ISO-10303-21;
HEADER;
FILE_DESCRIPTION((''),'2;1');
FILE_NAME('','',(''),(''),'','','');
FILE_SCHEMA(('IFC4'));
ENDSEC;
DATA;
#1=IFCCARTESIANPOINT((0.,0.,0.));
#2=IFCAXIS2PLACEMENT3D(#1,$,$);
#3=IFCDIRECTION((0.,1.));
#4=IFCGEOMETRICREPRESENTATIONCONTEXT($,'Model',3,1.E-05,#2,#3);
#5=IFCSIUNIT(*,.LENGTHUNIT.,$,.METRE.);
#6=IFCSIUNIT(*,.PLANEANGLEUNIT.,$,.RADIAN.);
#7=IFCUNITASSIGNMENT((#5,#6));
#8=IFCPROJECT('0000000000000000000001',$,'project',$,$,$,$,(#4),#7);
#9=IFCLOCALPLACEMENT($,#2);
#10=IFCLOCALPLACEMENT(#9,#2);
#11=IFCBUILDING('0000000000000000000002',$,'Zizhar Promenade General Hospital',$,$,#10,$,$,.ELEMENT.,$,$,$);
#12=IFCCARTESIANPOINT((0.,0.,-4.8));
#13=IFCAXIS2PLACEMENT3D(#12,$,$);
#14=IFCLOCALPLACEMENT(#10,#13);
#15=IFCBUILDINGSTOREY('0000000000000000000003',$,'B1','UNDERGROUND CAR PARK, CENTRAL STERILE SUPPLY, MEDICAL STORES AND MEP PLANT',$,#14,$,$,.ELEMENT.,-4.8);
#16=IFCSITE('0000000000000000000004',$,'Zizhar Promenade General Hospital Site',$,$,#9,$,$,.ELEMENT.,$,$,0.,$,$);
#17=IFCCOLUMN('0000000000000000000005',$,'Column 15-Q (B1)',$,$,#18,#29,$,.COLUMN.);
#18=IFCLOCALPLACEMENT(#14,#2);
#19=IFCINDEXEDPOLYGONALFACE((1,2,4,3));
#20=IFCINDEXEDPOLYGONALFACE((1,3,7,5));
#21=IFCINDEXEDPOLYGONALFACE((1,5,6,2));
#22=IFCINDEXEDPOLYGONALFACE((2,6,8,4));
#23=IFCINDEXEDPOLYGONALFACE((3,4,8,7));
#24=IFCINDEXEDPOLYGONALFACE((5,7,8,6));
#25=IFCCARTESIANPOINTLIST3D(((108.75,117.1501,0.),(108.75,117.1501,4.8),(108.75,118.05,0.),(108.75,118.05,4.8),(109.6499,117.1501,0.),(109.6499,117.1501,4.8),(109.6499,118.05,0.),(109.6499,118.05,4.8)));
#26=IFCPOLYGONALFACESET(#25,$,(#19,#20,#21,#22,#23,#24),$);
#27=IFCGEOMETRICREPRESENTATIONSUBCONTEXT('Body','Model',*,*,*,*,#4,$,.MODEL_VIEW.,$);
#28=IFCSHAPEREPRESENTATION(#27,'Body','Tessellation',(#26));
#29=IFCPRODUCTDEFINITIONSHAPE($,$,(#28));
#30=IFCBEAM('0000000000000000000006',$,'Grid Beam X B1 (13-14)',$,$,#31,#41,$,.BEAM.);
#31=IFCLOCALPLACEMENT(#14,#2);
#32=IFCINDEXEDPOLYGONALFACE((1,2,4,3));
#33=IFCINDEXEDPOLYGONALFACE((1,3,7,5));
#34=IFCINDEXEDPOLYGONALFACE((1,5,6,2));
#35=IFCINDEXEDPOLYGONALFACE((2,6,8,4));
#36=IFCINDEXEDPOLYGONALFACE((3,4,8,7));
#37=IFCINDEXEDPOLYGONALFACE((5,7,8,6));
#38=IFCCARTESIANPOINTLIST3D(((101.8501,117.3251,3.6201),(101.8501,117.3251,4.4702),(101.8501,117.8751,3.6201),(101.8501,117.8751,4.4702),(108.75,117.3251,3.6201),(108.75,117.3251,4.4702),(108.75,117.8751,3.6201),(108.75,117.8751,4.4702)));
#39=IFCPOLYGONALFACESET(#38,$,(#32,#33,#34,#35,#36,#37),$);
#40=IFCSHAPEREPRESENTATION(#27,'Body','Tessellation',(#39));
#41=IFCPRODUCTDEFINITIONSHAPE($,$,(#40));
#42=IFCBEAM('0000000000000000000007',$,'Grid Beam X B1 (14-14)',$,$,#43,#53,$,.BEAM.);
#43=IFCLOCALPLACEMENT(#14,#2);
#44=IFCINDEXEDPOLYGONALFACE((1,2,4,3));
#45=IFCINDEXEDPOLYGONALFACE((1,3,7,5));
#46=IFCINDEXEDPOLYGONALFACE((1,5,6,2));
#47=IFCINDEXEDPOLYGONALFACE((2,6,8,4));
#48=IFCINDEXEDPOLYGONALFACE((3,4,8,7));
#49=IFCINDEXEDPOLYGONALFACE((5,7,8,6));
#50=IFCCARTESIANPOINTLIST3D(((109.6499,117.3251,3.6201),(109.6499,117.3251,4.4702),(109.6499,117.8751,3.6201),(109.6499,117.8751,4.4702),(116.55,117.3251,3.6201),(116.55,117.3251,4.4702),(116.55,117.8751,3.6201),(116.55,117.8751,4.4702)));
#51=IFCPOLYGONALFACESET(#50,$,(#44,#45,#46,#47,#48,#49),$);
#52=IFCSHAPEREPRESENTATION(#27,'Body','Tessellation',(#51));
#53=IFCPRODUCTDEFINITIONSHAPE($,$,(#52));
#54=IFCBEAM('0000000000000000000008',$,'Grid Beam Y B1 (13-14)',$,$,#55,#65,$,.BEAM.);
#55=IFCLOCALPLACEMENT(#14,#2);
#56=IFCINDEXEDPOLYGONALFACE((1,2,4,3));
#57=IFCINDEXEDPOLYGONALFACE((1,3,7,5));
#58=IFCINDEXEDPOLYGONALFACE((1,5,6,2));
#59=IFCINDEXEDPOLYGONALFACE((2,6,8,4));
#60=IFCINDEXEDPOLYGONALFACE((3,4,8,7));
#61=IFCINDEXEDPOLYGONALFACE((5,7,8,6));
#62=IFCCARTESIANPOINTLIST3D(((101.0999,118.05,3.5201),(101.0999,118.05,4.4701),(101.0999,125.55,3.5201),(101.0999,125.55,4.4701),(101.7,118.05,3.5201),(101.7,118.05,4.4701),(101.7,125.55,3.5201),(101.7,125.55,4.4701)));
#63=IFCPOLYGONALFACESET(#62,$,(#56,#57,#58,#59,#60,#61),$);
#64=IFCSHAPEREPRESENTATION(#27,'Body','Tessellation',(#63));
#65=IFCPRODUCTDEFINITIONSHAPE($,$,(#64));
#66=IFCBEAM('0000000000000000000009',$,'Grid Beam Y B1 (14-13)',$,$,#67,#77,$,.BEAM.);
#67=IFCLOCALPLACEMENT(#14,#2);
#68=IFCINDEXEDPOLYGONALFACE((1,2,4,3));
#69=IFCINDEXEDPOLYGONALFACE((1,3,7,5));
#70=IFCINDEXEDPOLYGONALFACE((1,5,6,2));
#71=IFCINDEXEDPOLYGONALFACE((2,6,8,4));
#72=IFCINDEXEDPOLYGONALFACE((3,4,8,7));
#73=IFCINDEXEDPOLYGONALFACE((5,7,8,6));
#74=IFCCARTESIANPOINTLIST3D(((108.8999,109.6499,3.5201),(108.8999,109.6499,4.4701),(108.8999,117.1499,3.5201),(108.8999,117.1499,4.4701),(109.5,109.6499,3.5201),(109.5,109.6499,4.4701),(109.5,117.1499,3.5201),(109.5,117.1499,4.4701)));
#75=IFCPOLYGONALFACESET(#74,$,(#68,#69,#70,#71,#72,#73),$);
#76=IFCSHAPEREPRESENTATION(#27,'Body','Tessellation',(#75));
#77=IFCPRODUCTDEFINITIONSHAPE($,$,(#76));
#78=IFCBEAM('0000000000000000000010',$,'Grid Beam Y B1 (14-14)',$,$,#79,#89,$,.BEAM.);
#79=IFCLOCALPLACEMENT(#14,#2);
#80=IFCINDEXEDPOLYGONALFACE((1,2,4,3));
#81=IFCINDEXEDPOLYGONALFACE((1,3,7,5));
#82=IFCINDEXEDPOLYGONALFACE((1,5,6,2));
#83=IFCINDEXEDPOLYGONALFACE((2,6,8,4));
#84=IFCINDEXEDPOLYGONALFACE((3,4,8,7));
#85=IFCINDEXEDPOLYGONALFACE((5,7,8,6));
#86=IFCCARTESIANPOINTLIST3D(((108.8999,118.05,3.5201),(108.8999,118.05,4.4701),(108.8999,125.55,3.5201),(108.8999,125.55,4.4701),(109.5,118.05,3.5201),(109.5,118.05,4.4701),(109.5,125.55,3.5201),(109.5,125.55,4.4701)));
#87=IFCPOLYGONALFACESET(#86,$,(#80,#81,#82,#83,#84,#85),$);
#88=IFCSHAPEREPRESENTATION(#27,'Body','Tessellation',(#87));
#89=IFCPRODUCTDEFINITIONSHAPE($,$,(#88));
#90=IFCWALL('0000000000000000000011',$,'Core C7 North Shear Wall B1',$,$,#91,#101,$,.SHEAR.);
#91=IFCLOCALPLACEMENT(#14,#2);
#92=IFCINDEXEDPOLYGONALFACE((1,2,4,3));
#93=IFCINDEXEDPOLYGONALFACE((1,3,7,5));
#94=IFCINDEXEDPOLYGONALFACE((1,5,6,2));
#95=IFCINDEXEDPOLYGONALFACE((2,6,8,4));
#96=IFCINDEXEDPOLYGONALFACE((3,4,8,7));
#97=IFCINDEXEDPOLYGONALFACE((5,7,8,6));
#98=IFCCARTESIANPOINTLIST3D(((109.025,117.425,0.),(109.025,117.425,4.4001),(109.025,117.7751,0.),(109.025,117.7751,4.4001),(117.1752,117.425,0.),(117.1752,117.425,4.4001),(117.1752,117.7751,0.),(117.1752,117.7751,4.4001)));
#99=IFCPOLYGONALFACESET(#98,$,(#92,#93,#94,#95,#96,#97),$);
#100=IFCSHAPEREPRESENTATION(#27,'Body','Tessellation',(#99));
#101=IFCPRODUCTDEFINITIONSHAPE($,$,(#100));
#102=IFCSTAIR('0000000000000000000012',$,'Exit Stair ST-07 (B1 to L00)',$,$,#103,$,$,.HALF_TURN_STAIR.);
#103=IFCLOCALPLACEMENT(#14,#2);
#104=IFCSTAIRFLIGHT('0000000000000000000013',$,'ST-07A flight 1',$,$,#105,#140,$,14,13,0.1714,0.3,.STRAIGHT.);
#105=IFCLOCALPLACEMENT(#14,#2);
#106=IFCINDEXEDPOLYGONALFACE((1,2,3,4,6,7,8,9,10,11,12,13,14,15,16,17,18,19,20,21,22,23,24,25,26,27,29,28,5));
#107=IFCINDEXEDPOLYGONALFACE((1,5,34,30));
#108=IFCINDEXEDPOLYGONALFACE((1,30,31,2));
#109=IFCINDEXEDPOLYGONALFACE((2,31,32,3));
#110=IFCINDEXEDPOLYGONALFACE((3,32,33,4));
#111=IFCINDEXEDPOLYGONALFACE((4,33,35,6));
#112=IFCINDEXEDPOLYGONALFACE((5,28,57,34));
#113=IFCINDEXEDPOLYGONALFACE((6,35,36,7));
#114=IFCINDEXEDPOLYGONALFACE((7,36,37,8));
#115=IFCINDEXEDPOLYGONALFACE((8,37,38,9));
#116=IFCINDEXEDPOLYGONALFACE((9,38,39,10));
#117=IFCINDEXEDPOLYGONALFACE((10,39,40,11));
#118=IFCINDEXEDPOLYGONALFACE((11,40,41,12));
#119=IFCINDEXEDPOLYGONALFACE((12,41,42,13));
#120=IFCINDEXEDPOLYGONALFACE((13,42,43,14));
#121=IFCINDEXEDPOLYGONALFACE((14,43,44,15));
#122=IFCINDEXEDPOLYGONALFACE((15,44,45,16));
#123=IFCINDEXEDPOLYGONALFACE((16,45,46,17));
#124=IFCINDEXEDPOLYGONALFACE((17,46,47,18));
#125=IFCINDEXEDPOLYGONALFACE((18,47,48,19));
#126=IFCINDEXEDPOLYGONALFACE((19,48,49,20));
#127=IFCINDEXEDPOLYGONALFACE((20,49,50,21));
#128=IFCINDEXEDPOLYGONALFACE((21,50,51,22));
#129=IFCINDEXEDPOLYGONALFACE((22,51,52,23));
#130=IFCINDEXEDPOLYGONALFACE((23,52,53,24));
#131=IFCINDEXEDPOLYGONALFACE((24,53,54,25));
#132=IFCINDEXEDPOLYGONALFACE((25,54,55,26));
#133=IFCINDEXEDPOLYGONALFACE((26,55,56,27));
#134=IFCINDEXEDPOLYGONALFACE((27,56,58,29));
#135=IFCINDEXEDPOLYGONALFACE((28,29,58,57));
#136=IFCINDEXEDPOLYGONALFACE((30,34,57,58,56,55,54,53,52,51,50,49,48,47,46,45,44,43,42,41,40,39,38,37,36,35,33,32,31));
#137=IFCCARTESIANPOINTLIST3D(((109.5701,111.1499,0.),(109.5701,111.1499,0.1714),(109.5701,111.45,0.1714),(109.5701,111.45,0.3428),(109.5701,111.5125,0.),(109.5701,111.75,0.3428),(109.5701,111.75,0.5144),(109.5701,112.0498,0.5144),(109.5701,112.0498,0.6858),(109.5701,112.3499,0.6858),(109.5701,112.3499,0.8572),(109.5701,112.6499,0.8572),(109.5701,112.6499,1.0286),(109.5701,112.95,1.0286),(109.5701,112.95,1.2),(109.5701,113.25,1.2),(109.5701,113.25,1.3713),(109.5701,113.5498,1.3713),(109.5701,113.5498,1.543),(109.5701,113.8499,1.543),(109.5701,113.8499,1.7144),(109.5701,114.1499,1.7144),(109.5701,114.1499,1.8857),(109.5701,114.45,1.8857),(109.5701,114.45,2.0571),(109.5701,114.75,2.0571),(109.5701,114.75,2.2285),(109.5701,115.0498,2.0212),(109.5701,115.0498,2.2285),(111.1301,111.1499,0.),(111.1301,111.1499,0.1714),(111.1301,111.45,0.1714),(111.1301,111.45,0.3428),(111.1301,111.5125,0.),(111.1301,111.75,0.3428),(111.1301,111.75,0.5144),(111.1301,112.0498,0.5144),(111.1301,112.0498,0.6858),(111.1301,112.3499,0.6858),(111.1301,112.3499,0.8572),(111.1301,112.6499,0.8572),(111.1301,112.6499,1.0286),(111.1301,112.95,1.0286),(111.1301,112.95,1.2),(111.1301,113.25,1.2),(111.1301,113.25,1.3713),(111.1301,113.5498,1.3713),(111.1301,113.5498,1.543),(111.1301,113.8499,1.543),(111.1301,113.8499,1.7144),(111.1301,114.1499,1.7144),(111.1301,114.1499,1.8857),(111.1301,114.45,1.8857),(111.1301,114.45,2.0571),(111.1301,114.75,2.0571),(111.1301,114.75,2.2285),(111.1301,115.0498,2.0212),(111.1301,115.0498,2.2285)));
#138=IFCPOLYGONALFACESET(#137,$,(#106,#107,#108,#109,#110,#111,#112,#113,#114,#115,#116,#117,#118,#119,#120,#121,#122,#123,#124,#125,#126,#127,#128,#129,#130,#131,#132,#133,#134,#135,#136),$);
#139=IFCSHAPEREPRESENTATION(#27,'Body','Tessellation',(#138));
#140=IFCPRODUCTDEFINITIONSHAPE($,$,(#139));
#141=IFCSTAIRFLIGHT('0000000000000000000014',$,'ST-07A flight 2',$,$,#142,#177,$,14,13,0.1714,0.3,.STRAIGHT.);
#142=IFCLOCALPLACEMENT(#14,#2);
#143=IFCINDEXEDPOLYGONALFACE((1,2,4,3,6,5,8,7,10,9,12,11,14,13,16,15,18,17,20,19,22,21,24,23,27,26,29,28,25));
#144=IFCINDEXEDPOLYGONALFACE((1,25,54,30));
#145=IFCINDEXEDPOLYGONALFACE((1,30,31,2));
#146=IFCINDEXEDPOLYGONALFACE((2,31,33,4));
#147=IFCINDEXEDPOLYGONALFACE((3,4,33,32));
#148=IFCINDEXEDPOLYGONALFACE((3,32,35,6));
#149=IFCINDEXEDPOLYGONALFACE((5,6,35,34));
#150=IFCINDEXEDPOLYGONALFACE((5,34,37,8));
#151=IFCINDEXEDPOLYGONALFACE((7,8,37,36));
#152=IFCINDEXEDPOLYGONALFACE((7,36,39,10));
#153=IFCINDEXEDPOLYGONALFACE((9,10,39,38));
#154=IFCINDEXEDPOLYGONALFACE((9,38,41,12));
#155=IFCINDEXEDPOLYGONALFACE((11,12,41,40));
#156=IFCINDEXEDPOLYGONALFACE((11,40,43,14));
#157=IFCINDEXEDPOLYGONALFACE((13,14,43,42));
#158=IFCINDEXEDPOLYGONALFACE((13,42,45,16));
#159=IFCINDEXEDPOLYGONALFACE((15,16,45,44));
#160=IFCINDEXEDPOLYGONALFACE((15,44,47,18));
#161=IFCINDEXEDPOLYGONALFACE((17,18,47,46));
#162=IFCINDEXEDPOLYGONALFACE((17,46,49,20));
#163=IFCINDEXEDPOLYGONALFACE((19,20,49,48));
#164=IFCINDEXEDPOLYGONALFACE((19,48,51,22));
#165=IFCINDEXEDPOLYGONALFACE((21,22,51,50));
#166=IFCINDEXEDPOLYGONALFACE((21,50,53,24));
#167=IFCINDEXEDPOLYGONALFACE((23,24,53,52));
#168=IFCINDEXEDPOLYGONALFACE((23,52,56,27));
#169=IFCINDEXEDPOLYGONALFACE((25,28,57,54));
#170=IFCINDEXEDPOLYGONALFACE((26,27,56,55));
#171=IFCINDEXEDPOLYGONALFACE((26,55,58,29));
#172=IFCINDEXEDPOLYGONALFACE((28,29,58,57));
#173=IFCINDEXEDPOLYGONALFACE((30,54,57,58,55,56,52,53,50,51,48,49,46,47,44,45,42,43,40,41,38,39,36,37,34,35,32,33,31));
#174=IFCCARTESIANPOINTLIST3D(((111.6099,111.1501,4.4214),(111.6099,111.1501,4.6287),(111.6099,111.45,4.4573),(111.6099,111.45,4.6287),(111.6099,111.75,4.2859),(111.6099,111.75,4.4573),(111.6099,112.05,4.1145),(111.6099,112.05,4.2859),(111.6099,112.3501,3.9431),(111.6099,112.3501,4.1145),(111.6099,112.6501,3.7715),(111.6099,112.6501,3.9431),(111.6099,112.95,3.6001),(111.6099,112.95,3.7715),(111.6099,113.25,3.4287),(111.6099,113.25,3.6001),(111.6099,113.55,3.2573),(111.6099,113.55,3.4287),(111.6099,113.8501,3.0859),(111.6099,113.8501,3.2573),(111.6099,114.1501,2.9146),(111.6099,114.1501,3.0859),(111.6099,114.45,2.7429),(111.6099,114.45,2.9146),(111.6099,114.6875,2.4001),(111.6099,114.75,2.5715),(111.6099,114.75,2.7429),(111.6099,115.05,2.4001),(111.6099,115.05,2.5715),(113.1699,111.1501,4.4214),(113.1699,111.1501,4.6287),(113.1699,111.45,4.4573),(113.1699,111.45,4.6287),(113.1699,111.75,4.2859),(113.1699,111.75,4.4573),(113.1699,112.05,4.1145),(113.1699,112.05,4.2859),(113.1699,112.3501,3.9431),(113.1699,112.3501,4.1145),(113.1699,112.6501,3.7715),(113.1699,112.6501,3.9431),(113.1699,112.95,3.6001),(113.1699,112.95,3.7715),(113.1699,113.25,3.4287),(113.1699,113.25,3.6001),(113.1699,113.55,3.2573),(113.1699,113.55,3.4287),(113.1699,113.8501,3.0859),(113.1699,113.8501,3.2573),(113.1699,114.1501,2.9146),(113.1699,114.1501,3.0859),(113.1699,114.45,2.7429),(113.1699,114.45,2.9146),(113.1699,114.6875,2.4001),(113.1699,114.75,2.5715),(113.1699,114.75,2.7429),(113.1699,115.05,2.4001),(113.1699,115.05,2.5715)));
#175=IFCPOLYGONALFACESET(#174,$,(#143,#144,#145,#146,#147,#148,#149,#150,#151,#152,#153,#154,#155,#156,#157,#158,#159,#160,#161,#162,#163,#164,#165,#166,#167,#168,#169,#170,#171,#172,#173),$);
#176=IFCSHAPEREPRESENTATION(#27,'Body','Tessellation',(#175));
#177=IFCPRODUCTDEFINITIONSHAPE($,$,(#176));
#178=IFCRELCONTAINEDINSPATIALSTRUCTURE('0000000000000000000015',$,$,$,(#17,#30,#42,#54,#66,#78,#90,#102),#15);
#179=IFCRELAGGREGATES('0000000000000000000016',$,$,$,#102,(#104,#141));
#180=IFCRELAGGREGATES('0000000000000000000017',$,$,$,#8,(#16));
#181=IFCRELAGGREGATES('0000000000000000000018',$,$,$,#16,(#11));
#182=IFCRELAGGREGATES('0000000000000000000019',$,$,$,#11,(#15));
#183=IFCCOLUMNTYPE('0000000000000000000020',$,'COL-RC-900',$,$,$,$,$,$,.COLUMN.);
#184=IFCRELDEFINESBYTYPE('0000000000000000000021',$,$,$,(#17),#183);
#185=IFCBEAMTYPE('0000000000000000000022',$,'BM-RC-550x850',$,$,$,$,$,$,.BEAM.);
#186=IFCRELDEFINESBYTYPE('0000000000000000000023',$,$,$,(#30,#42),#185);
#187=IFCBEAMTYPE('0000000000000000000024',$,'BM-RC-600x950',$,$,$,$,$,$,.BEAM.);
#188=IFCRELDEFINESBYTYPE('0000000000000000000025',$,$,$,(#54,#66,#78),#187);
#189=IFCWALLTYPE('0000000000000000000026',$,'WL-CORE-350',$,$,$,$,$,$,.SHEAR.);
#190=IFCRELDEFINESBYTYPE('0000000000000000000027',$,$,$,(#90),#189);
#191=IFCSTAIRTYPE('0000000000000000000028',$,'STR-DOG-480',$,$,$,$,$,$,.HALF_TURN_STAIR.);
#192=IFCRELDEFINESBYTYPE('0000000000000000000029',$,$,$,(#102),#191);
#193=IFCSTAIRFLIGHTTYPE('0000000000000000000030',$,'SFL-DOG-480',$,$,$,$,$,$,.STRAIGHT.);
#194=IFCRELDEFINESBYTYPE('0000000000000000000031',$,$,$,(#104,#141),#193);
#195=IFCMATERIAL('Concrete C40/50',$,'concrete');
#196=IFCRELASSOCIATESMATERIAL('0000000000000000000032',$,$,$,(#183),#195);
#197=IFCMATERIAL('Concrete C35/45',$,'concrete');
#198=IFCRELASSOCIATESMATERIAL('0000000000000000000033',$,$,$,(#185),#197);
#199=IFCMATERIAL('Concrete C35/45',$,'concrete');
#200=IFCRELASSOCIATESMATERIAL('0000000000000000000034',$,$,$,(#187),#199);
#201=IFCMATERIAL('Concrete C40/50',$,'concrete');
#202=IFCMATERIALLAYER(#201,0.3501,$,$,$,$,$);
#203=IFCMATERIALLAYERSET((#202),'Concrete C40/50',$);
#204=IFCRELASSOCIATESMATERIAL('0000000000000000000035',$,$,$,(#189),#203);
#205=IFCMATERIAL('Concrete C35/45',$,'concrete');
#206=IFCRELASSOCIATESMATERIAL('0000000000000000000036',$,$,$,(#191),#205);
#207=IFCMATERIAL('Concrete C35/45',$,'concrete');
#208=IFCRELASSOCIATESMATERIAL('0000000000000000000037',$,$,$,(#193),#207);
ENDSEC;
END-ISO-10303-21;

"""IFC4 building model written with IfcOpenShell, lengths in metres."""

from ifc_helpers import new_model, si_unit, direction, frame, frame_2d, origin, origin_2d, place, context, subcontext, project, spatial, polyline, rectangle, outline, extrude, material, layer, layer_set, material_profile, profile_set, type_object, element, aggregate, save


model = new_model("IFC4")

# Units and contexts
model_context = context("Model", 3, precision=1e-05, world=origin(), true_north=direction((0.0, 1.0)))
body_context = subcontext(model_context, "Body", "Model", "MODEL_VIEW")
ifc_project = project(units=[si_unit("LENGTHUNIT", "METRE"), si_unit("PLANEANGLEUNIT", "RADIAN")], contexts=[model_context])

# Site, building, storey
site_placement = place(None, origin())
site = spatial("IfcSite", under=ifc_project, at=site_placement, Name="Zizhar Promenade General Hospital Site", CompositionType="ELEMENT", RefElevation=0.0)
building_placement = place(site_placement, origin())
building = spatial("IfcBuilding", under=site, at=building_placement, Name="Zizhar Promenade General Hospital", CompositionType="ELEMENT")
storey_placement = place(building_placement, frame((0.0, 0.0, -4.8)))
storey = spatial("IfcBuildingStorey", under=building, at=storey_placement, Name="B1", Description="UNDERGROUND CAR PARK, CENTRAL STERILE SUPPLY, MEDICAL STORES AND MEP PLANT", CompositionType="ELEMENT", Elevation=-4.8)

# Column
ifc_material_1 = material(Name="Concrete C40/50", Category="concrete")
ifc_material_profile_1 = material_profile(ifc_material_1, rectangle(XDim=0.8999, YDim=0.8999, at=origin_2d()))
ifc_profile_set_1 = profile_set([ifc_material_profile_1], Name="Concrete C40/50")
column_type = type_object("IfcColumnType", Name="COL-RC-900", PredefinedType="COLUMN", material=ifc_profile_set_1)
column_placement = place(storey_placement, frame((109.2, 117.6001, 0.0), z_axis=(0.0, 0.0, 1.0), x_axis=(1.0, 0.0, 0.0)))
element("IfcColumn", 1, at=column_placement, inside=storey, type_object=column_type, Name="Column 15-Q (B1)", PredefinedType="COLUMN", context=body_context, shape_type="SweptSolid", body=[
    extrude(rectangle(XDim=0.8999, YDim=0.8999, at=origin_2d()), origin(), (0.0, 0.0, 1.0), 4.8),
])

# Beams
ifc_material_2 = material(Name="Concrete C35/45", Category="concrete")
ifc_material_profile_2 = material_profile(ifc_material_2, rectangle(XDim=0.55, YDim=0.8501, at=origin_2d()))
ifc_profile_set_2 = profile_set([ifc_material_profile_2], Name="Concrete C35/45")
beam_type_1 = type_object("IfcBeamType", Name="BM-RC-550x850", PredefinedType="BEAM", material=ifc_profile_set_2)
beam_1_placement = place(storey_placement, frame((101.8501, 117.6001, 4.0452), z_axis=(1.0, 0.0, 0.0), x_axis=(0.0, 1.0, 0.0)))
element("IfcBeam", 2, at=beam_1_placement, inside=storey, type_object=beam_type_1, Name="Grid Beam X B1 (13-14)", PredefinedType="BEAM", context=body_context, shape_type="SweptSolid", body=[
    extrude(rectangle(XDim=0.55, YDim=0.8501, at=origin_2d()), origin(), (0.0, 0.0, 1.0), 6.8999),
])
beam_2_placement = place(storey_placement, frame((109.6499, 117.6001, 4.0452), z_axis=(1.0, 0.0, 0.0), x_axis=(0.0, 1.0, 0.0)))
element("IfcBeam", 3, at=beam_2_placement, inside=storey, type_object=beam_type_1, Name="Grid Beam X B1 (14-14)", PredefinedType="BEAM", context=body_context, shape_type="SweptSolid", body=[
    extrude(rectangle(XDim=0.55, YDim=0.8501, at=origin_2d()), origin(), (0.0, 0.0, 1.0), 6.9001),
])
ifc_material_3 = material(Name="Concrete C35/45", Category="concrete")
ifc_material_profile_3 = material_profile(ifc_material_3, rectangle(XDim=0.6001, YDim=0.95, at=origin_2d()))
ifc_profile_set_3 = profile_set([ifc_material_profile_3], Name="Concrete C35/45")
beam_type_2 = type_object("IfcBeamType", Name="BM-RC-600x950", PredefinedType="BEAM", material=ifc_profile_set_3)
for number, where, z_axis, x_axis, name in (
    (4, (101.3999, 118.05, 3.9951), (0.0, 1.0, 0.0), (-1.0, 0.0, 0.0), "Grid Beam Y B1 (13-14)"),
    (5, (109.2, 109.6499, 3.9951), (0.0, 1.0, 0.0), (-1.0, 0.0, 0.0), "Grid Beam Y B1 (14-13)"),
    (6, (109.2, 118.05, 3.9951), (0.0, 1.0, 0.0), (-1.0, 0.0, 0.0), "Grid Beam Y B1 (14-14)"),
):
    element("IfcBeam", number, at=place(storey_placement, frame(where, z_axis=z_axis, x_axis=x_axis)), inside=storey, type_object=beam_type_2, Name=name, PredefinedType="BEAM", context=body_context, shape_type="SweptSolid", body=[
        extrude(rectangle(XDim=0.6001, YDim=0.95, at=origin_2d()), origin(), (0.0, 0.0, 1.0), 7.5),
    ])

# Wall
ifc_material_4 = material(Name="Concrete C40/50", Category="concrete")
ifc_layer = layer(ifc_material_4, 0.3501)
ifc_layer_set = layer_set([ifc_layer], Name="Concrete C40/50")
wall_type = type_object("IfcWallType", Name="WL-CORE-350", PredefinedType="SHEAR", material=ifc_layer_set)
wall_placement = place(storey_placement, frame((109.0249, 117.6001, 0.0), z_axis=(0.0, 0.0, 1.0), x_axis=(1.0, 0.0, 0.0)))
element("IfcWall", 7, at=wall_placement, inside=storey, type_object=wall_type, Name="Core C7 North Shear Wall B1", PredefinedType="SHEAR", context=body_context, shape_type="SweptSolid", body=[
    extrude(rectangle(XDim=8.1501, YDim=0.3501, at=frame_2d((4.0752, 0.0))), origin(), (0.0, 0.0, 1.0), 4.4001),
])

# Stair, stair flights
ifc_material_5 = material(Name="Concrete C35/45", Category="concrete")
stair_type = type_object("IfcStairType", Name="STR-DOG-480", PredefinedType="HALF_TURN_STAIR", material=ifc_material_5)
stair_placement = place(storey_placement, origin())
stair = element("IfcStair", 8, at=stair_placement, inside=storey, type_object=stair_type, Name="Exit Stair ST-07 (B1 to L00)", PredefinedType="HALF_TURN_STAIR")
ifc_material_6 = material(Name="Concrete C35/45", Category="concrete")
stair_flight_type = type_object("IfcStairFlightType", Name="SFL-DOG-480", PredefinedType="STRAIGHT", material=ifc_material_6)
stair_flight_1_placement = place(storey_placement, frame((110.3501, 111.1499, 0.0), z_axis=(0.0, 0.0, 1.0), x_axis=(0.0, 1.0, 0.0)))
stair_flight_1 = element("IfcStairFlight", 9, at=stair_flight_1_placement, type_object=stair_flight_type, Name="ST-07A flight 1", NumberOfRisers=14, NumberOfTreads=13, PredefinedType="STRAIGHT", RiserHeight=0.1714, TreadLength=0.3, context=body_context, shape_type="SweptSolid", body=[
    extrude(outline(polyline([(0.0, 0.0), (0.0, 0.1714), (0.3, 0.1714), (0.3, 0.3428), (0.6001, 0.3428), (0.6001, 0.5144), (0.8999, 0.5144), (0.8999, 0.6858), (1.2, 0.6858), (1.2, 0.8572), (1.5, 0.8572), (1.5, 1.0286), (1.8, 1.0286), (1.8, 1.2), (2.1001, 1.2), (2.1001, 1.3713), (2.3999, 1.3713), (2.3999, 1.543), (2.7, 1.543), (2.7, 1.7144), (3.0, 1.7144), (3.0, 1.8857), (3.3, 1.8857), (3.3, 2.0571), (3.6001, 2.0571), (3.6001, 2.2285), (3.8999, 2.2285), (3.8999, 2.3999), (3.8999, 2.0212), (0.3625, 0.0), (0.0, 0.0)])), frame((0.0, 0.78, 0.0), z_axis=(0.0, -1.0, 0.0), x_axis=(1.0, 0.0, 0.0)), (0.0, 0.0, 1.0), 1.5601),
])
stair_flight_2_placement = place(storey_placement, frame((112.3899, 115.05, 2.4001), z_axis=(0.0, 0.0, 1.0), x_axis=(0.0, -1.0, 0.0)))
stair_flight_2 = element("IfcStairFlight", 10, at=stair_flight_2_placement, type_object=stair_flight_type, Name="ST-07A flight 2", NumberOfRisers=14, NumberOfTreads=13, PredefinedType="STRAIGHT", RiserHeight=0.1714, TreadLength=0.3, context=body_context, shape_type="SweptSolid", body=[
    extrude(outline(polyline([(0.0, 0.0), (0.0, 0.1714), (0.3, 0.1714), (0.3, 0.3428), (0.6001, 0.3428), (0.6001, 0.5144), (0.8999, 0.5144), (0.8999, 0.6858), (1.2, 0.6858), (1.2, 0.8572), (1.5, 0.8572), (1.5, 1.0286), (1.8, 1.0286), (1.8, 1.2), (2.1001, 1.2), (2.1001, 1.3713), (2.3999, 1.3713), (2.3999, 1.543), (2.7, 1.543), (2.7, 1.7144), (3.0, 1.7144), (3.0, 1.8857), (3.3, 1.8857), (3.3, 2.0571), (3.6001, 2.0571), (3.6001, 2.2285), (3.8999, 2.2285), (3.8999, 2.3999), (3.8999, 2.0212), (0.3625, 0.0), (0.0, 0.0)])), frame((0.0, 0.78, 0.0), z_axis=(0.0, -1.0, 0.0), x_axis=(1.0, 0.0, 0.0)), (0.0, 0.0, 1.0), 1.5601),
])
aggregate(stair, [stair_flight_1, stair_flight_2])

save(model, "model.ifc")
